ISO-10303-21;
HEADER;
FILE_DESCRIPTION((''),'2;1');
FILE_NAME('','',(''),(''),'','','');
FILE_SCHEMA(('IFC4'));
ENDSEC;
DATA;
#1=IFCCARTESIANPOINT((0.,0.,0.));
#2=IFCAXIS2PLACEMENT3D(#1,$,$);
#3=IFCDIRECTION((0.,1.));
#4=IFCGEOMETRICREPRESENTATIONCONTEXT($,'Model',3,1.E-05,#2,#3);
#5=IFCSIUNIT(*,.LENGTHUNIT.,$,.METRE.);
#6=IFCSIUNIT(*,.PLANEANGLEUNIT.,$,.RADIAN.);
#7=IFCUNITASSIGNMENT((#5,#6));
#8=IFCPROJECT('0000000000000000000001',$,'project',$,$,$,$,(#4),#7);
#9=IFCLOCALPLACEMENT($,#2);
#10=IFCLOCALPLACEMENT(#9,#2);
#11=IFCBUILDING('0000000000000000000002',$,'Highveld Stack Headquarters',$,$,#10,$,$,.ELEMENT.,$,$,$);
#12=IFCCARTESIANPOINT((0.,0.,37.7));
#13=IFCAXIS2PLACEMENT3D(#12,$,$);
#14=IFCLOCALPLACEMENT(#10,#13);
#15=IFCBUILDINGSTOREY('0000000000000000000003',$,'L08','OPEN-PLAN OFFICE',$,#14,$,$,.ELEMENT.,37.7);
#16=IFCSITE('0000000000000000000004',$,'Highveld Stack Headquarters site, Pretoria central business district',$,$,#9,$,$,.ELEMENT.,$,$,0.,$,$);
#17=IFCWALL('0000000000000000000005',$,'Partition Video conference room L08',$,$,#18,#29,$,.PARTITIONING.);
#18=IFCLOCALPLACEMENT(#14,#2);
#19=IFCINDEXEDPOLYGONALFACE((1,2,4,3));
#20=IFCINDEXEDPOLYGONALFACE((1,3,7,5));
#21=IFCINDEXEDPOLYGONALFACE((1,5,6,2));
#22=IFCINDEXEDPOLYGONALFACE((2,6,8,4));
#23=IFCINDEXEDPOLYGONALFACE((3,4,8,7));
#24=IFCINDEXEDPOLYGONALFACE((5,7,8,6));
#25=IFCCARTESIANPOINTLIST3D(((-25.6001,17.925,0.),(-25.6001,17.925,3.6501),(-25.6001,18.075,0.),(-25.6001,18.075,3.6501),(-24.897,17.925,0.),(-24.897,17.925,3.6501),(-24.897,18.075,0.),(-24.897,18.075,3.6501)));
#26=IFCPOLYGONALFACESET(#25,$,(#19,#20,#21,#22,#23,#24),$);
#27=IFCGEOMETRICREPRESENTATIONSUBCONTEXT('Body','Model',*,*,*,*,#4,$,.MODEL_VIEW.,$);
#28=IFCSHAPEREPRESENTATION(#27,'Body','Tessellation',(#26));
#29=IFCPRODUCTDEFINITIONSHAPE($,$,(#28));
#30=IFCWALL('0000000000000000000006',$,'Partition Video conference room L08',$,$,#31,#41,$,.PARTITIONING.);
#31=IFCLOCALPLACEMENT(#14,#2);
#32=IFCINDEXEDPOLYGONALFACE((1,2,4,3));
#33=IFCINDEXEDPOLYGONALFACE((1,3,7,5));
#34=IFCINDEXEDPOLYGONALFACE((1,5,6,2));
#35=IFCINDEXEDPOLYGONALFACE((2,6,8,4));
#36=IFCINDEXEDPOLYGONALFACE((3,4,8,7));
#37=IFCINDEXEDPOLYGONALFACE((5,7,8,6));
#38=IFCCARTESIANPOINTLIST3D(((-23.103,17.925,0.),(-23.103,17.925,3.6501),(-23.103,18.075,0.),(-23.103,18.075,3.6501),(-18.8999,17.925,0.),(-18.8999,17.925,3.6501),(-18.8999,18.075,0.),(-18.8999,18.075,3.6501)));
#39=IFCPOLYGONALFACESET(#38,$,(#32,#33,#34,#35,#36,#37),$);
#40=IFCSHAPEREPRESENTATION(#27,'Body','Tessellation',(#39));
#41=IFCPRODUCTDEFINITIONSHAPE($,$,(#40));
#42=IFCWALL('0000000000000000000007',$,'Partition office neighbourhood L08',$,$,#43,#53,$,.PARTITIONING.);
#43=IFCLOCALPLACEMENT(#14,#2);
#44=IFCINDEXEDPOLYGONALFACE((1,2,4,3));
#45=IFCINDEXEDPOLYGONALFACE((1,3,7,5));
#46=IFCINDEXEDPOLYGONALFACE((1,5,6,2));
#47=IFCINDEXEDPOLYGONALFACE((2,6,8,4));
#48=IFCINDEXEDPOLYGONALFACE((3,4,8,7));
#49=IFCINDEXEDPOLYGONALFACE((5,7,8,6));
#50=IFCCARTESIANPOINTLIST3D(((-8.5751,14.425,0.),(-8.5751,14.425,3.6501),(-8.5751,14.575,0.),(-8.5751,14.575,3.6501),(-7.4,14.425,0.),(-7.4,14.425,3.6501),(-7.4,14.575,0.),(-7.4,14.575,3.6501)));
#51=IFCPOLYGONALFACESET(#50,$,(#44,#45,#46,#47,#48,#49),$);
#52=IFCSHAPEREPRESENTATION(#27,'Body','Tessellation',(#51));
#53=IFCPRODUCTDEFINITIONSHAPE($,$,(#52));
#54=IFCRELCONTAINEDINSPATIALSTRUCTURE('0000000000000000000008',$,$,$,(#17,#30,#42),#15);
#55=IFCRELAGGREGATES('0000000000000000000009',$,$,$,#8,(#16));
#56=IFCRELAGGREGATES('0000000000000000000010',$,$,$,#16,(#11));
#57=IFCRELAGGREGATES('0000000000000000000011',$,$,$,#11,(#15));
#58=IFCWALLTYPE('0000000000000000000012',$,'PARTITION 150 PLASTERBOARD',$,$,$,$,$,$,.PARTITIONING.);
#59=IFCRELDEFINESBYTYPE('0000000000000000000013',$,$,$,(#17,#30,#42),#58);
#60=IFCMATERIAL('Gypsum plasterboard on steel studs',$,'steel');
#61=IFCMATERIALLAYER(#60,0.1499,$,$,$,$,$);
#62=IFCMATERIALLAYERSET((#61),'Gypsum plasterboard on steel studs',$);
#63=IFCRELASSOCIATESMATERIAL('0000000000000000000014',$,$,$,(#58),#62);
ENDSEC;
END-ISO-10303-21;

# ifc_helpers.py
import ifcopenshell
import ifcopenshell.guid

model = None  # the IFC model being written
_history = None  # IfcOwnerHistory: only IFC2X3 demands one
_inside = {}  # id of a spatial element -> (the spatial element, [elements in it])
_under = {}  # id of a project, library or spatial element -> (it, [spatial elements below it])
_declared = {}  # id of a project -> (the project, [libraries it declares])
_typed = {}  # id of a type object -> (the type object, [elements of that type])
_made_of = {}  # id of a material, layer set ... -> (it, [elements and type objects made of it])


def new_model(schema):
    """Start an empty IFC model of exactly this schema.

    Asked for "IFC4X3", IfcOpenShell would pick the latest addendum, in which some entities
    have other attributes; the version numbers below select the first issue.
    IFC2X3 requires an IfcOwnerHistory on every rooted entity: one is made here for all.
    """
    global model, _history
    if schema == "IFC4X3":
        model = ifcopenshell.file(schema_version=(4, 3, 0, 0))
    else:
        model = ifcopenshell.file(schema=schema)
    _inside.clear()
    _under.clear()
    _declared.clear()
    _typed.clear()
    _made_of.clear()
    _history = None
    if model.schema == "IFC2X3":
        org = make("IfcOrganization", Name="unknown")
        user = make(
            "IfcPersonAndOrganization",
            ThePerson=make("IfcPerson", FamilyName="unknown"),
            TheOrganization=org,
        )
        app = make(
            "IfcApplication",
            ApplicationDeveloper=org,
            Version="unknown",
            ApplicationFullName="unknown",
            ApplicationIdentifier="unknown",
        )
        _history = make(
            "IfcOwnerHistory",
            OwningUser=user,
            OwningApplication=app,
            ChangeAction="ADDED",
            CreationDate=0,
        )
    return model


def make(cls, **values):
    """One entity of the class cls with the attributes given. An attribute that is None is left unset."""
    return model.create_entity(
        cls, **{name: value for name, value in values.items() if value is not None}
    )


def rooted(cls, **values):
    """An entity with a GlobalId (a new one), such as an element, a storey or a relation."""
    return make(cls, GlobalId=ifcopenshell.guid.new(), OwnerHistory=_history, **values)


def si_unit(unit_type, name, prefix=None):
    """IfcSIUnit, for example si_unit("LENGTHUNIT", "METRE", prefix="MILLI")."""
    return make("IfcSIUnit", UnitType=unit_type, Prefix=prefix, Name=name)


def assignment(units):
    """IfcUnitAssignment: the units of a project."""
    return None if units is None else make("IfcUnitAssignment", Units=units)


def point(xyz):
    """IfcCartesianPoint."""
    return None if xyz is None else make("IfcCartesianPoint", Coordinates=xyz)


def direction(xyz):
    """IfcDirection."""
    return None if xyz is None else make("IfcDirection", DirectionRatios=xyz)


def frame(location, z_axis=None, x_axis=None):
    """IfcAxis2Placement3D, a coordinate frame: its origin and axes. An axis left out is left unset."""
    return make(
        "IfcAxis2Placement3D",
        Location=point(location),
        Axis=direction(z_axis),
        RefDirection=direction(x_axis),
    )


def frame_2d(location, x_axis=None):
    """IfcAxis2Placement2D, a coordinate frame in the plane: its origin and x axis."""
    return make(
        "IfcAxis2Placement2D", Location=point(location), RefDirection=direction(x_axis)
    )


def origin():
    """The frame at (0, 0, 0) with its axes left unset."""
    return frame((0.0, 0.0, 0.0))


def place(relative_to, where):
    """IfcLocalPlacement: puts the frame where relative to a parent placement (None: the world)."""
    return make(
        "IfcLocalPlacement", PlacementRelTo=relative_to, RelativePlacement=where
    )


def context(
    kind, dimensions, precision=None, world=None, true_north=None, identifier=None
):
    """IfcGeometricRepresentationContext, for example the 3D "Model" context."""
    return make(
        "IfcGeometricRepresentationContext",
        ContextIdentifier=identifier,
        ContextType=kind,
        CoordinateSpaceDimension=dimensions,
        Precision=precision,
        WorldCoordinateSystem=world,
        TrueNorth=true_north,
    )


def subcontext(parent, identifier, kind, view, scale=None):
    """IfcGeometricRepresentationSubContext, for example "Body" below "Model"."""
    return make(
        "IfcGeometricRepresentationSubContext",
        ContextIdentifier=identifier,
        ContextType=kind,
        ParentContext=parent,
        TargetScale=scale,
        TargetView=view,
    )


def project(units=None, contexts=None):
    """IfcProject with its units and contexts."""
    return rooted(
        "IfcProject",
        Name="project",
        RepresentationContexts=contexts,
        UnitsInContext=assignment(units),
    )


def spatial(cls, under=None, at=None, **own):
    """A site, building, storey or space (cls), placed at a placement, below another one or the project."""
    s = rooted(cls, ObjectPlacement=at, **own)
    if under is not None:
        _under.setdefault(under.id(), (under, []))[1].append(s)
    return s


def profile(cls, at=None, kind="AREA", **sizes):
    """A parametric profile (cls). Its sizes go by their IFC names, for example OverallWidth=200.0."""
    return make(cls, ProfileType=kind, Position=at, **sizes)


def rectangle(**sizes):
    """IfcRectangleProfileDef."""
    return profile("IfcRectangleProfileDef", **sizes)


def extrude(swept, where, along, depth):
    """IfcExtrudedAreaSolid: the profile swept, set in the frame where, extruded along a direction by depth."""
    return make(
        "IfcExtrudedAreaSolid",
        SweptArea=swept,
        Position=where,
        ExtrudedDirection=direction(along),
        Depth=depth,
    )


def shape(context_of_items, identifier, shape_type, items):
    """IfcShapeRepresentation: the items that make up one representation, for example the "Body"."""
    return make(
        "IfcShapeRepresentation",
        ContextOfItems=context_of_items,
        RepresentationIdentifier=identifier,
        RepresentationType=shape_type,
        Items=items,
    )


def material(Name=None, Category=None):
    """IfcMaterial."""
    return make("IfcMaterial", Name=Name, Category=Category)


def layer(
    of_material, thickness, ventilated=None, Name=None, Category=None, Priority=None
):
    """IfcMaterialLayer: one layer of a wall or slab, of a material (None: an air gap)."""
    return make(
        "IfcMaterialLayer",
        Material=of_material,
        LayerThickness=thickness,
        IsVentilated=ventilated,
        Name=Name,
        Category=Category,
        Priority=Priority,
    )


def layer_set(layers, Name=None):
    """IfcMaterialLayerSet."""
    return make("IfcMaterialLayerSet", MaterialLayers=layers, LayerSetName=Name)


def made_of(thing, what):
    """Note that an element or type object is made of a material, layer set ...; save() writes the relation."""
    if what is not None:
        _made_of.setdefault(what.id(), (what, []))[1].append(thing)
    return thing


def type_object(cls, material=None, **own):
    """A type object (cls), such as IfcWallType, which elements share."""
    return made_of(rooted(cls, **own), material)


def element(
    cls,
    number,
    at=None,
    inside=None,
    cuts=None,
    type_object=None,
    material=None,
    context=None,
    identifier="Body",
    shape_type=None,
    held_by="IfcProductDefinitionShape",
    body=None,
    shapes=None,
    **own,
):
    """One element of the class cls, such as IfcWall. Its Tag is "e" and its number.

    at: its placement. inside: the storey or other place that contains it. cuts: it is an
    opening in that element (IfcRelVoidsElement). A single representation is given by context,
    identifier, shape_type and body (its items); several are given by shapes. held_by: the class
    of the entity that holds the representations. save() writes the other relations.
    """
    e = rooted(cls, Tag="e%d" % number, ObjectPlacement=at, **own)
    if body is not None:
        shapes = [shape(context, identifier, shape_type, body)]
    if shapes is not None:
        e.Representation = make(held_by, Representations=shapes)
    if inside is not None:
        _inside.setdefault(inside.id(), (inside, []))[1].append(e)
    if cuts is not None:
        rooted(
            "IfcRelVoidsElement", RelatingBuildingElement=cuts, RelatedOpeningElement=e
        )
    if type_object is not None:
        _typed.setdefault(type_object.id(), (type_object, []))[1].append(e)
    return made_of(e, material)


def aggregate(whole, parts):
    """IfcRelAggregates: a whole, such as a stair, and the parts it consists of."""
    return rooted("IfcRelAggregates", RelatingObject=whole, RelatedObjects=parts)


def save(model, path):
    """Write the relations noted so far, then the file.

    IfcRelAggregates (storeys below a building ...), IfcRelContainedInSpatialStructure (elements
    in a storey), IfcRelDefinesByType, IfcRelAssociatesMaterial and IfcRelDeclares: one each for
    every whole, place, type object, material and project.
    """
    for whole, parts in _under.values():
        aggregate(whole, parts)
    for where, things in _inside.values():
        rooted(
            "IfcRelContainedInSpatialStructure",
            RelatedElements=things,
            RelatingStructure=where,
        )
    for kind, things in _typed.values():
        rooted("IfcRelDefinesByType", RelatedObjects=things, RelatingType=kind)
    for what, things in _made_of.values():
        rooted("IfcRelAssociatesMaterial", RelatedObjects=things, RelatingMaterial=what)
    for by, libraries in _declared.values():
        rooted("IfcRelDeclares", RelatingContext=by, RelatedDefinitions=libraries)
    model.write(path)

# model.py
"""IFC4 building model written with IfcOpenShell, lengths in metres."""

from ifc_helpers import new_model, si_unit, direction, frame, frame_2d, origin, place, context, subcontext, project, spatial, rectangle, extrude, material, layer, layer_set, type_object, element, save


model = new_model("IFC4")

# Units and contexts
model_context = context("Model", 3, precision=1e-05, world=origin(), true_north=direction((0.0, 1.0)))
body_context = subcontext(model_context, "Body", "Model", "MODEL_VIEW")
ifc_project = project(units=[si_unit("LENGTHUNIT", "METRE"), si_unit("PLANEANGLEUNIT", "RADIAN")], contexts=[model_context])

# Site, building, storey
site_placement = place(None, origin())
site = spatial("IfcSite", under=ifc_project, at=site_placement, Name="Highveld Stack Headquarters site, Pretoria central business district", CompositionType="ELEMENT", RefElevation=0.0)
building_placement = place(site_placement, origin())
building = spatial("IfcBuilding", under=site, at=building_placement, Name="Highveld Stack Headquarters", CompositionType="ELEMENT")
storey_placement = place(building_placement, frame((0.0, 0.0, 37.7)))
storey = spatial("IfcBuildingStorey", under=building, at=storey_placement, Name="L08", Description="OPEN-PLAN OFFICE", CompositionType="ELEMENT", Elevation=37.7)

# Walls
ifc_material_1 = material(Name="Gypsum plasterboard on steel studs", Category="steel")
ifc_layer_1 = layer(ifc_material_1, 0.1499)
ifc_layer_set_1 = layer_set([ifc_layer_1], Name="Gypsum plasterboard on steel studs")
wall_type_1 = type_object("IfcWallType", Name="PARTITION 150 PLASTERBOARD", PredefinedType="PARTITIONING", material=ifc_layer_set_1)
wall_1_placement = place(storey_placement, frame((-25.6001, 18.0, 0.0), z_axis=(0.0, 0.0, 1.0), x_axis=(1.0, 0.0, 0.0)))
element("IfcWall", 1, at=wall_1_placement, inside=storey, type_object=wall_type_1, Name="Partition Video conference room L08", PredefinedType="PARTITIONING", context=body_context, shape_type="SweptSolid", body=[
    extrude(rectangle(XDim=0.7031, YDim=0.1499, at=frame_2d((0.3516, 0.0))), origin(), (0.0, 0.0, 1.0), 3.6501),
])
wall_2_placement = place(storey_placement, frame((-23.103, 18.0, 0.0), z_axis=(0.0, 0.0, 1.0), x_axis=(1.0, 0.0, 0.0)))
element("IfcWall", 2, at=wall_2_placement, inside=storey, type_object=wall_type_1, Name="Partition Video conference room L08", PredefinedType="PARTITIONING", context=body_context, shape_type="SweptSolid", body=[
    extrude(rectangle(XDim=4.2031, YDim=0.1499, at=frame_2d((2.1016, 0.0))), origin(), (0.0, 0.0, 1.0), 3.6501),
])
wall_3_placement = place(storey_placement, frame((-8.575, 14.5, 0.0), z_axis=(0.0, 0.0, 1.0), x_axis=(1.0, 0.0, 0.0)))
element("IfcWall", 3, at=wall_3_placement, inside=storey, type_object=wall_type_1, Name="Partition office neighbourhood L08", PredefinedType="PARTITIONING", context=body_context, shape_type="SweptSolid", body=[
    extrude(rectangle(XDim=1.175, YDim=0.1499, at=frame_2d((0.5874, 0.0))), origin(), (0.0, 0.0, 1.0), 3.6501),
])

save(model, "model.ifc")
